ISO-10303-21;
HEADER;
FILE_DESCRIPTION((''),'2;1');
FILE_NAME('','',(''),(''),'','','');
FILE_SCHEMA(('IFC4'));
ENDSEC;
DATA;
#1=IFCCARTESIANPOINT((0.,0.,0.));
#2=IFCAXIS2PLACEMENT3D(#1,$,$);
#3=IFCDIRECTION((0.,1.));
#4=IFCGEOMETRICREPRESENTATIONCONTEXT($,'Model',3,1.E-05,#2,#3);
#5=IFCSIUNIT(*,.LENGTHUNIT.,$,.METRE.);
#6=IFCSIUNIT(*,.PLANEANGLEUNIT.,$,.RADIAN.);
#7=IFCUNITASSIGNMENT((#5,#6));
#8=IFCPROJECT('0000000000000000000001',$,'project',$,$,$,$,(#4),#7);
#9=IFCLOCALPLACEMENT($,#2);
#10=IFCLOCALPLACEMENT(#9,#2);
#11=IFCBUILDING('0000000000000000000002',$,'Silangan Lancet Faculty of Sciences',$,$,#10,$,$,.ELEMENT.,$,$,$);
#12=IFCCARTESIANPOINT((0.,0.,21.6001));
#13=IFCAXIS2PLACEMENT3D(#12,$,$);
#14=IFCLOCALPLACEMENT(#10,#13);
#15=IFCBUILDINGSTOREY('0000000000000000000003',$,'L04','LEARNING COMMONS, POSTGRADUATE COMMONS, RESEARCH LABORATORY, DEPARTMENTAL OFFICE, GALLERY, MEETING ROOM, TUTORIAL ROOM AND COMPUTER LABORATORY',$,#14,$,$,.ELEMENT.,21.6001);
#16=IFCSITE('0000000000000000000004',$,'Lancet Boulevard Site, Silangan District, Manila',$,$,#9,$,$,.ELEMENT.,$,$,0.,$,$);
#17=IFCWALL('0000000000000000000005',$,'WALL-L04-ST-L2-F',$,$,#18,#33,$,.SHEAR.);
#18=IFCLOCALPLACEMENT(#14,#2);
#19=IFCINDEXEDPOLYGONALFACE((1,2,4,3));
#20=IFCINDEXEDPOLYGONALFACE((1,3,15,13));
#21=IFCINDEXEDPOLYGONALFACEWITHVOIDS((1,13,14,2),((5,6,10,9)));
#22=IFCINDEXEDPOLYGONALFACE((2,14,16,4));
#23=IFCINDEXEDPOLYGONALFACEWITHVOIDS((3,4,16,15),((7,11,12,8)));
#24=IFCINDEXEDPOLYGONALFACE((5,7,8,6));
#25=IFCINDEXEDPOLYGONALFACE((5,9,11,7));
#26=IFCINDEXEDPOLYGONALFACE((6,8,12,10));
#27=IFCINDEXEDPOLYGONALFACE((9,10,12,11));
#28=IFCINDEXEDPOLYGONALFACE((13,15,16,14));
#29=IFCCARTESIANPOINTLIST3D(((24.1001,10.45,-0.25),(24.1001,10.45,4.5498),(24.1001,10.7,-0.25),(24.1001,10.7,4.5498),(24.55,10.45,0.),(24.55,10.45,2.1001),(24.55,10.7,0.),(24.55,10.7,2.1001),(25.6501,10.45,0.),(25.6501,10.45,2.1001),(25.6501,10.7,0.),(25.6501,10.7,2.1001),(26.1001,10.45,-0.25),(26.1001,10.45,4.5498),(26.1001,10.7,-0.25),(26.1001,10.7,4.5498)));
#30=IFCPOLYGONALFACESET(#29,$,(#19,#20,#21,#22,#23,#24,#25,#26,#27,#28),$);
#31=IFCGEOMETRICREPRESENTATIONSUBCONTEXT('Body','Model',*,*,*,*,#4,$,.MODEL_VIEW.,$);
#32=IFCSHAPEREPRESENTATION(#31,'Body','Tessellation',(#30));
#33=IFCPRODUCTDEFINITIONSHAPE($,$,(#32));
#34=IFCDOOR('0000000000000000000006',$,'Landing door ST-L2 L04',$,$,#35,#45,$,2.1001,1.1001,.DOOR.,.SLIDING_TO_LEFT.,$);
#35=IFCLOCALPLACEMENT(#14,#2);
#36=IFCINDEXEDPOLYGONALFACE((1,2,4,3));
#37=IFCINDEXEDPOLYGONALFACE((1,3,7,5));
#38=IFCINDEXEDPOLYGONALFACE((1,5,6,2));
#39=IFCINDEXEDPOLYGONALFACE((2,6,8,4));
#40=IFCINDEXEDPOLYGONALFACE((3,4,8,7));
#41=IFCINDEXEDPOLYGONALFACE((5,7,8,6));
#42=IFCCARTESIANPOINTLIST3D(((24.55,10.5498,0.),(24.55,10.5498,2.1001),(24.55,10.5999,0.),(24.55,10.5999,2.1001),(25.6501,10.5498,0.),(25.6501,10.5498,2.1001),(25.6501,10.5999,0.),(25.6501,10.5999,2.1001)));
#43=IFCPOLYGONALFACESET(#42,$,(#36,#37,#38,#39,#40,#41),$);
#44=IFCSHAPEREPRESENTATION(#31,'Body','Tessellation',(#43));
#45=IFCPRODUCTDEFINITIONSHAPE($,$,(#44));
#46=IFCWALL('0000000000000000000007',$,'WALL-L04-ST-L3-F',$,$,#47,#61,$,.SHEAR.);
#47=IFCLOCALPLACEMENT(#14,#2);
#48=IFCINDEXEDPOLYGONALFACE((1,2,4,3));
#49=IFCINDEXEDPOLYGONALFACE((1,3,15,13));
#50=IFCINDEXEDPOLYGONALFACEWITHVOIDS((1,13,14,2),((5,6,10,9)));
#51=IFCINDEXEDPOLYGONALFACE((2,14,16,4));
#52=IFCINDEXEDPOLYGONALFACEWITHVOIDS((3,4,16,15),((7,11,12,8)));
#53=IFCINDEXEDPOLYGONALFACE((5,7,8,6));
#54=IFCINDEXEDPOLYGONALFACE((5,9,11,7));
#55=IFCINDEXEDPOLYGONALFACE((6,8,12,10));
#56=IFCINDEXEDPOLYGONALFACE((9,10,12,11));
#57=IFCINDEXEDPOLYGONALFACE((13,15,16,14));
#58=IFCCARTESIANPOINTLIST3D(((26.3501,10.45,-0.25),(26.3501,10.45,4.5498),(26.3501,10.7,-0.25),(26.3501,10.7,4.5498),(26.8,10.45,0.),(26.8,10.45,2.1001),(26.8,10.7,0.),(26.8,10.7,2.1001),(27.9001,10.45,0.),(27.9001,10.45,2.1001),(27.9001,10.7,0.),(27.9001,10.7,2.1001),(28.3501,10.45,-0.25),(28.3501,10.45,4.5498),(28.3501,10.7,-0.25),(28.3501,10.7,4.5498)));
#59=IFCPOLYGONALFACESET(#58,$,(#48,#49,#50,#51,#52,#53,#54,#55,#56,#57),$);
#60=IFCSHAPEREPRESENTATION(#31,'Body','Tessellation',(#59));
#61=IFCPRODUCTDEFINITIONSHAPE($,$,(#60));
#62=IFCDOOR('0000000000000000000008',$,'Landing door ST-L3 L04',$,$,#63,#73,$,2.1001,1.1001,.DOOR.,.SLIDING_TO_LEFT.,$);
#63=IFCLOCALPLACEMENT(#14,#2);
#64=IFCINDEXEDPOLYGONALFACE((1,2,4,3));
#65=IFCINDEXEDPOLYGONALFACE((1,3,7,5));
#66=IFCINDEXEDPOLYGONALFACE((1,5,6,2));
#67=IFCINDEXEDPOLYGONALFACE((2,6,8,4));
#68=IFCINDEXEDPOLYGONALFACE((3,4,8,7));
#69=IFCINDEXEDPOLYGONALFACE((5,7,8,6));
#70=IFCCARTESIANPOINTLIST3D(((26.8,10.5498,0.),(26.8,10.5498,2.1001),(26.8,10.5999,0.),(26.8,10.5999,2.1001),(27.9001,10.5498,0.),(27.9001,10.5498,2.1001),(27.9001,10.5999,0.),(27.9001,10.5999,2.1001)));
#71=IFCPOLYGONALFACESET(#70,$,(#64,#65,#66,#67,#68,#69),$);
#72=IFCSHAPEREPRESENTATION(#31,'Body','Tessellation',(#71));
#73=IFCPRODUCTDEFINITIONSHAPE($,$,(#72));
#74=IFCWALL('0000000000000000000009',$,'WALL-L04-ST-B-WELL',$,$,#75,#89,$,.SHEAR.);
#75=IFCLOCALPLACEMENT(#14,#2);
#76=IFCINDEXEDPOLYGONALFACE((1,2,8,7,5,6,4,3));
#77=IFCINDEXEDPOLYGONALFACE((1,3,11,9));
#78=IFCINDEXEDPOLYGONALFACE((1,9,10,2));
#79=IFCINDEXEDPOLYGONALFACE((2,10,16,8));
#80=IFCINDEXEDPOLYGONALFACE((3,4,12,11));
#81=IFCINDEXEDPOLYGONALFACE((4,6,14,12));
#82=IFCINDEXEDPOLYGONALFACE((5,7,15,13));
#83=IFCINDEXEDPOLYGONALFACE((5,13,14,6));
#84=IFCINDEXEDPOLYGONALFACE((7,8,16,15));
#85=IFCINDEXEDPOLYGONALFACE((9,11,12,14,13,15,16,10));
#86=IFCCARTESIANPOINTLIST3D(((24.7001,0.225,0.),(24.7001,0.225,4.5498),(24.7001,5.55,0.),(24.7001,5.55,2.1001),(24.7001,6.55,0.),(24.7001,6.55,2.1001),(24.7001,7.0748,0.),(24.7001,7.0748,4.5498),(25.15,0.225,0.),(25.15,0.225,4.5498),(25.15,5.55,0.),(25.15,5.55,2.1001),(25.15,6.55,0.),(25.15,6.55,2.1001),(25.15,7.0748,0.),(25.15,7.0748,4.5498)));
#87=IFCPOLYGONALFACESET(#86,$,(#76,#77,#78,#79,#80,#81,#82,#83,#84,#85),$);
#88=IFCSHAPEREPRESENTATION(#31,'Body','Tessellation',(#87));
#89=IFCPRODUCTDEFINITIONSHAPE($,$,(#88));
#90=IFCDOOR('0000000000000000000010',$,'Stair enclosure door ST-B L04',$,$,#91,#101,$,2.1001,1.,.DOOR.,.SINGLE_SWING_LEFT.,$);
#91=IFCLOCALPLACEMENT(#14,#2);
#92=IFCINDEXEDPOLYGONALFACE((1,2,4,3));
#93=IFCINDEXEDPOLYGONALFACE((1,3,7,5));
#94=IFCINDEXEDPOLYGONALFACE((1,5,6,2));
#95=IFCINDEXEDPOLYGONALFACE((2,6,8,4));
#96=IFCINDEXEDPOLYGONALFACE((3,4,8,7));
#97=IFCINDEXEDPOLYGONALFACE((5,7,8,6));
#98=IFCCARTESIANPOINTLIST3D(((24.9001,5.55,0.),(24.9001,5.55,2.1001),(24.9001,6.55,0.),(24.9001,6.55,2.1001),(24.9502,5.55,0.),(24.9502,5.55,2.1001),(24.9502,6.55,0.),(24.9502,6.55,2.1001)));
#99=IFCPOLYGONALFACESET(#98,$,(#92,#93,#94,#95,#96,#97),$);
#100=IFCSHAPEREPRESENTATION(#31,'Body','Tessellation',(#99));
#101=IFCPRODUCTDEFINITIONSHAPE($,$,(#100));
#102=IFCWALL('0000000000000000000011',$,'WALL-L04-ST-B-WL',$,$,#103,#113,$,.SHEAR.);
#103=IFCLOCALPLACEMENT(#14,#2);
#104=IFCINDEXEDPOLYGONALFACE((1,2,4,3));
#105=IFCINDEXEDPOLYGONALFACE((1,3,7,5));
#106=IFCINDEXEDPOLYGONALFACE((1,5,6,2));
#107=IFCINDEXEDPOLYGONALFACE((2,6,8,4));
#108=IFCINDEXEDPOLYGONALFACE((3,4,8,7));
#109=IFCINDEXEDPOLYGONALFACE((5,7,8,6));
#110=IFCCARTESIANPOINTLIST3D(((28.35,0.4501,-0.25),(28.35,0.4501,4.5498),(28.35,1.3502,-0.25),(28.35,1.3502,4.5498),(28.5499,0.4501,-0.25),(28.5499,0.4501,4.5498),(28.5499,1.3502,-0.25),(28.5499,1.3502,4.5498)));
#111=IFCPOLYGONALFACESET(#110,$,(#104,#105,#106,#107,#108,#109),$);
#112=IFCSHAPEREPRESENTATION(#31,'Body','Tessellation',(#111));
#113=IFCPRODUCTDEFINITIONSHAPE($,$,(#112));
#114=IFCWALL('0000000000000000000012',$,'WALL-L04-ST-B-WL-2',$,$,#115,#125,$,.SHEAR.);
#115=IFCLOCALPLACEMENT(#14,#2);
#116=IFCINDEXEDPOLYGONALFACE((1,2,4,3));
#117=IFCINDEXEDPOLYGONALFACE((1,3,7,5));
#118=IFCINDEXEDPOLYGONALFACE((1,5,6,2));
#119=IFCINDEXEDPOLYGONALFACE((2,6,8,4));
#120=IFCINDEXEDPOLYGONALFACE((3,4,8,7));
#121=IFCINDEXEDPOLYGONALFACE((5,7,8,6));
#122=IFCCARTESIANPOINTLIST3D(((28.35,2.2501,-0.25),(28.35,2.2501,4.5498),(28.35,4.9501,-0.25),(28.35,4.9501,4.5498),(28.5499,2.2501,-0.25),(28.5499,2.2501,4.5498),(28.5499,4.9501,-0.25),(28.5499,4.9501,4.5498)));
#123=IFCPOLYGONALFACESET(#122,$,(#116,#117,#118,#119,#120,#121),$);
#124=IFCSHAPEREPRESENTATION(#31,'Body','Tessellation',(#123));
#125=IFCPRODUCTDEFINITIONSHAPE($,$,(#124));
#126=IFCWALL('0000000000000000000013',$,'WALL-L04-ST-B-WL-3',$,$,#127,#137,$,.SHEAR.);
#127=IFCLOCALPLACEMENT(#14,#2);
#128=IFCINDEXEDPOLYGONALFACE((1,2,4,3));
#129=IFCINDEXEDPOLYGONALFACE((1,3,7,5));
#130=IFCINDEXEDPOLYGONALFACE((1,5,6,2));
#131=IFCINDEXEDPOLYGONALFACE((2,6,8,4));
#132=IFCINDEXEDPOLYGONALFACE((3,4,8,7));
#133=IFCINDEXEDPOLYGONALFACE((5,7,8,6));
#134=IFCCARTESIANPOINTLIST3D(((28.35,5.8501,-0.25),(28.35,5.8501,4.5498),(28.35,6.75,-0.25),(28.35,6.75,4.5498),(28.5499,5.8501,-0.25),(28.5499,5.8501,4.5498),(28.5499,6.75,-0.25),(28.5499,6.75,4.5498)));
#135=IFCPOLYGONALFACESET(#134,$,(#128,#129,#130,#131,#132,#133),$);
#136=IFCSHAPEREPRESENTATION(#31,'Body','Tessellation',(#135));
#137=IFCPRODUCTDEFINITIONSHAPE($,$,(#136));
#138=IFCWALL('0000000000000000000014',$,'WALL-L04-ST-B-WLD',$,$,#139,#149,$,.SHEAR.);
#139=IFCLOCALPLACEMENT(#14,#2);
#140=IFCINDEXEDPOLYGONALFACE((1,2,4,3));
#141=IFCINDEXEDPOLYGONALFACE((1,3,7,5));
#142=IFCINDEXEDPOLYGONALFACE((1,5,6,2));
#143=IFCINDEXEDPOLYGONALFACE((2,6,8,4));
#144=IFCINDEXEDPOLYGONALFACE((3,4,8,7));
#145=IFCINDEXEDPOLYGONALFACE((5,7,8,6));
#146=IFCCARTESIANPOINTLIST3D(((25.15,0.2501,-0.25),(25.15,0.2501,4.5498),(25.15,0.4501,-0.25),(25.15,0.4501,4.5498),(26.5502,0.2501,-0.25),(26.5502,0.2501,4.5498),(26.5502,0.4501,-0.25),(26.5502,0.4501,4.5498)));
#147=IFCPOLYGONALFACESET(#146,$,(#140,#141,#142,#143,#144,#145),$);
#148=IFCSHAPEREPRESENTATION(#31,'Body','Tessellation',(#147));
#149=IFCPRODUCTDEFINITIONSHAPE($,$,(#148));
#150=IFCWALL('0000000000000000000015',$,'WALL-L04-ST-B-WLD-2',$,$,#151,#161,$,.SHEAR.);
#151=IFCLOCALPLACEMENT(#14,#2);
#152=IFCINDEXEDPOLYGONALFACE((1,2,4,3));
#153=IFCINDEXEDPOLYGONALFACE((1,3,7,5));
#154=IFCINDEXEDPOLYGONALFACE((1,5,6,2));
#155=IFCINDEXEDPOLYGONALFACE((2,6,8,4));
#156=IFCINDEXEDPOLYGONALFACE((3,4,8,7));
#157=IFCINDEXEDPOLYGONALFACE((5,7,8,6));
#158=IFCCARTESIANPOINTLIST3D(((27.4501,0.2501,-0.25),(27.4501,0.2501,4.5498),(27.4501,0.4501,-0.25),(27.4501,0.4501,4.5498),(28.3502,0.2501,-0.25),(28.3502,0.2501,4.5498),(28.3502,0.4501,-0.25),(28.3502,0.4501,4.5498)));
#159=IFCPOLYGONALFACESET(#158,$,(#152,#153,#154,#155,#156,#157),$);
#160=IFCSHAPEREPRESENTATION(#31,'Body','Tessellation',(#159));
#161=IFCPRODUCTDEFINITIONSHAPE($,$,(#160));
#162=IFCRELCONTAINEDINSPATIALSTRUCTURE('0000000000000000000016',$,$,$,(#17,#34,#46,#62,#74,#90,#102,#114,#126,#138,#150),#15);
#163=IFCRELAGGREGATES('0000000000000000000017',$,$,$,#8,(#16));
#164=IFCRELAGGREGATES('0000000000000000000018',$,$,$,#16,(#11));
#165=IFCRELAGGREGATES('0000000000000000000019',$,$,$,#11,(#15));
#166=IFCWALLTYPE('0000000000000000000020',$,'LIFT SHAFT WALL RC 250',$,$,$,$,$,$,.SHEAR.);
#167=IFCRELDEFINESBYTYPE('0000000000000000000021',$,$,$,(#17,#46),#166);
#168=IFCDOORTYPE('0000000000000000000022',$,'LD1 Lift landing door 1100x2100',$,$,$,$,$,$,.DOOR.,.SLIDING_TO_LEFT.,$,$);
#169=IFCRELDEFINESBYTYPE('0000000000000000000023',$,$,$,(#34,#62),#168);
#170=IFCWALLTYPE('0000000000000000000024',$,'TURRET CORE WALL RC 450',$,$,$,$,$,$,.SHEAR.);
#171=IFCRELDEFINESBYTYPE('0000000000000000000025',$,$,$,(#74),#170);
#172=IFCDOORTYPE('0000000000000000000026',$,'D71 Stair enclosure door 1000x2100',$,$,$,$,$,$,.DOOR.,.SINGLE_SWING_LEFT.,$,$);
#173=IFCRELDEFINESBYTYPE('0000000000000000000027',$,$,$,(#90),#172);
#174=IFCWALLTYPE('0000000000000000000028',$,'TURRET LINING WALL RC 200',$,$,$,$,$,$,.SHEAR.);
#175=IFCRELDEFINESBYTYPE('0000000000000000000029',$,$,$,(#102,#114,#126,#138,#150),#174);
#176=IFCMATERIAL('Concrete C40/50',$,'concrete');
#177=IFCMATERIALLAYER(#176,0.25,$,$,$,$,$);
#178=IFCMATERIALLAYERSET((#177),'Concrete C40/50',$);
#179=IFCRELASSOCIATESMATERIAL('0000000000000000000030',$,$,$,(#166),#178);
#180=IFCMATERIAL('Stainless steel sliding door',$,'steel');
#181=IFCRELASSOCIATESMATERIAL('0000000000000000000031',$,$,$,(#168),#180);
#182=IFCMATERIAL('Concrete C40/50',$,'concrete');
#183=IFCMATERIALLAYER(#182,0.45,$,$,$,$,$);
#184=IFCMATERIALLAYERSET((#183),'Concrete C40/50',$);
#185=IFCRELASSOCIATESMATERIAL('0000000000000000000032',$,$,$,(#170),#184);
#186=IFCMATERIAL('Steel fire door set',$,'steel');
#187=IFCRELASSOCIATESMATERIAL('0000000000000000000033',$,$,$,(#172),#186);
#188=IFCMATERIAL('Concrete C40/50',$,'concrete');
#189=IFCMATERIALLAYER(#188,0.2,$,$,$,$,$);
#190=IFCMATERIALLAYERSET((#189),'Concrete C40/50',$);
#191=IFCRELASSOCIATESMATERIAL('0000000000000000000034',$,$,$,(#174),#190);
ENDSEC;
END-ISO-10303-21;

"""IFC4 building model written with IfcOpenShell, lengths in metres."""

from ifc_helpers import new_model, si_unit, direction, frame, frame_2d, origin, place, context, subcontext, project, spatial, rectangle, extrude, material, layer, layer_set, type_object, element, fill, save


model = new_model("IFC4")

# Units and contexts
model_context = context("Model", 3, precision=1e-05, world=origin(), true_north=direction((0.0, 1.0)))
body_context = subcontext(model_context, "Body", "Model", "MODEL_VIEW")
ifc_project = project(units=[si_unit("LENGTHUNIT", "METRE"), si_unit("PLANEANGLEUNIT", "RADIAN")], contexts=[model_context])

# Site, building, storey
site_placement = place(None, origin())
site = spatial("IfcSite", under=ifc_project, at=site_placement, Name="Lancet Boulevard Site, Silangan District, Manila", CompositionType="ELEMENT", RefElevation=0.0)
building_placement = place(site_placement, origin())
building = spatial("IfcBuilding", under=site, at=building_placement, Name="Silangan Lancet Faculty of Sciences", CompositionType="ELEMENT")
storey_placement = place(building_placement, frame((0.0, 0.0, 21.6001)))
storey = spatial("IfcBuildingStorey", under=building, at=storey_placement, Name="L04", Description="LEARNING COMMONS, POSTGRADUATE COMMONS, RESEARCH LABORATORY, DEPARTMENTAL OFFICE, GALLERY, MEETING ROOM, TUTORIAL ROOM AND COMPUTER LABORATORY", CompositionType="ELEMENT", Elevation=21.6001)

# Shared definitions
ifc_material_1 = material(Name="Concrete C40/50", Category="concrete")
ifc_layer_1 = layer(ifc_material_1, 0.25)
ifc_layer_set_1 = layer_set([ifc_layer_1], Name="Concrete C40/50")
wall_type_1 = type_object("IfcWallType", Name="LIFT SHAFT WALL RC 250", PredefinedType="SHEAR", material=ifc_layer_set_1)

# Walls, openings, doors
ifc_material_2 = material(Name="Stainless steel sliding door", Category="steel")
door_type_1 = type_object("IfcDoorType", Name="LD1 Lift landing door 1100x2100", OperationType="SLIDING_TO_LEFT", PredefinedType="DOOR", material=ifc_material_2)
wall_1_placement = place(storey_placement, frame((24.1001, 10.575, -0.25), z_axis=(0.0, 0.0, 1.0), x_axis=(1.0, 0.0, 0.0)))
wall_1 = element("IfcWall", 1, at=wall_1_placement, inside=storey, type_object=wall_type_1, Name="WALL-L04-ST-L2-F", PredefinedType="SHEAR", context=body_context, shape_type="SweptSolid", body=[
    extrude(rectangle(XDim=2.0, YDim=0.25, at=frame_2d((1.0, 0.0))), origin(), (0.0, 0.0, 1.0), 4.7998),
])
opening_1_placement = place(wall_1_placement, frame((0.45, 0.0, 0.25)))
opening_1 = element("IfcOpeningElement", 2, at=opening_1_placement, cuts=wall_1, PredefinedType="OPENING", context=body_context, shape_type="SweptSolid", body=[
    extrude(rectangle(XDim=1.1001, YDim=2.1001, at=frame_2d((0.55, 1.05))), frame((0.0, 0.135, 0.0), z_axis=(0.0, -1.0, 0.0), x_axis=(1.0, 0.0, 0.0)), (0.0, 0.0, 1.0), 0.27),
])
door_1_placement = place(opening_1_placement, origin())
door_1 = element("IfcDoor", 3, at=door_1_placement, inside=storey, type_object=door_type_1, Name="Landing door ST-L2 L04", OperationType="SLIDING_TO_LEFT", OverallHeight=2.1001, OverallWidth=1.1001, PredefinedType="DOOR", context=body_context, shape_type="SweptSolid", body=[
    extrude(rectangle(XDim=1.1001, YDim=2.1001, at=frame_2d((0.55, 1.05))), frame((0.0, 0.0249, 0.0), z_axis=(0.0, -1.0, 0.0), x_axis=(1.0, 0.0, 0.0)), (0.0, 0.0, 1.0), 0.05),
])
fill(opening_1, door_1)
wall_2_placement = place(storey_placement, frame((26.3501, 10.575, -0.25), z_axis=(0.0, 0.0, 1.0), x_axis=(1.0, 0.0, 0.0)))
wall_2 = element("IfcWall", 4, at=wall_2_placement, inside=storey, type_object=wall_type_1, Name="WALL-L04-ST-L3-F", PredefinedType="SHEAR", context=body_context, shape_type="SweptSolid", body=[
    extrude(rectangle(XDim=2.0, YDim=0.25, at=frame_2d((1.0, 0.0))), origin(), (0.0, 0.0, 1.0), 4.7998),
])
opening_2_placement = place(wall_2_placement, frame((0.45, 0.0, 0.25)))
opening_2 = element("IfcOpeningElement", 5, at=opening_2_placement, cuts=wall_2, PredefinedType="OPENING", context=body_context, shape_type="SweptSolid", body=[
    extrude(rectangle(XDim=1.1001, YDim=2.1001, at=frame_2d((0.55, 1.05))), frame((0.0, 0.135, 0.0), z_axis=(0.0, -1.0, 0.0), x_axis=(1.0, 0.0, 0.0)), (0.0, 0.0, 1.0), 0.27),
])
door_2_placement = place(opening_2_placement, origin())
door_2 = element("IfcDoor", 6, at=door_2_placement, inside=storey, type_object=door_type_1, Name="Landing door ST-L3 L04", OperationType="SLIDING_TO_LEFT", OverallHeight=2.1001, OverallWidth=1.1001, PredefinedType="DOOR", context=body_context, shape_type="SweptSolid", body=[
    extrude(rectangle(XDim=1.1001, YDim=2.1001, at=frame_2d((0.55, 1.05))), frame((0.0, 0.0249, 0.0), z_axis=(0.0, -1.0, 0.0), x_axis=(1.0, 0.0, 0.0)), (0.0, 0.0, 1.0), 0.05),
])
fill(opening_2, door_2)
ifc_material_3 = material(Name="Concrete C40/50", Category="concrete")
ifc_layer_2 = layer(ifc_material_3, 0.45)
ifc_layer_set_2 = layer_set([ifc_layer_2], Name="Concrete C40/50")
wall_type_2 = type_object("IfcWallType", Name="TURRET CORE WALL RC 450", PredefinedType="SHEAR", material=ifc_layer_set_2)
wall_3_placement = place(storey_placement, frame((24.925, 0.2251, 0.0), z_axis=(0.0, 0.0, 1.0), x_axis=(0.0, 1.0, 0.0)))
wall_3 = element("IfcWall", 7, at=wall_3_placement, inside=storey, type_object=wall_type_2, Name="WALL-L04-ST-B-WELL", PredefinedType="SHEAR", context=body_context, shape_type="SweptSolid", body=[
    extrude(rectangle(XDim=6.8499, YDim=0.45, at=frame_2d((3.4248, 0.0))), origin(), (0.0, 0.0, 1.0), 4.5498),
])
opening_3_placement = place(wall_3_placement, frame((5.325, 0.0, 0.0)))
opening_3 = element("IfcOpeningElement", 8, at=opening_3_placement, cuts=wall_3, PredefinedType="OPENING", context=body_context, shape_type="SweptSolid", body=[
    extrude(rectangle(XDim=1.0, YDim=2.1001, at=frame_2d((0.5, 1.05))), frame((0.0, 0.2349, 0.0), z_axis=(0.0, -1.0, 0.0), x_axis=(1.0, 0.0, 0.0)), (0.0, 0.0, 1.0), 0.47),
])
ifc_material_4 = material(Name="Steel fire door set", Category="steel")
door_type_2 = type_object("IfcDoorType", Name="D71 Stair enclosure door 1000x2100", OperationType="SINGLE_SWING_LEFT", PredefinedType="DOOR", material=ifc_material_4)
door_3_placement = place(opening_3_placement, frame((1.0, 0.0, 0.0), z_axis=(0.0, 0.0, 1.0), x_axis=(-1.0, 0.0, 0.0)))
door_3 = element("IfcDoor", 9, at=door_3_placement, inside=storey, type_object=door_type_2, Name="Stair enclosure door ST-B L04", OperationType="SINGLE_SWING_LEFT", OverallHeight=2.1001, OverallWidth=1.0, PredefinedType="DOOR", context=body_context, shape_type="SweptSolid", body=[
    extrude(rectangle(XDim=1.0, YDim=2.1001, at=frame_2d((0.5, 1.05))), frame((0.0, 0.0251, 0.0), z_axis=(0.0, -1.0, 0.0), x_axis=(1.0, 0.0, 0.0)), (0.0, 0.0, 1.0), 0.05),
])
fill(opening_3, door_3)

# Walls
ifc_material_5 = material(Name="Concrete C40/50", Category="concrete")
ifc_layer_3 = layer(ifc_material_5, 0.2)
ifc_layer_set_3 = layer_set([ifc_layer_3], Name="Concrete C40/50")
wall_type_3 = type_object("IfcWallType", Name="TURRET LINING WALL RC 200", PredefinedType="SHEAR", material=ifc_layer_set_3)
wall_4_placement = place(storey_placement, frame((28.45, 0.45, -0.25), z_axis=(0.0, 0.0, 1.0), x_axis=(0.0, 1.0, 0.0)))
element("IfcWall", 10, at=wall_4_placement, inside=storey, type_object=wall_type_3, Name="WALL-L04-ST-B-WL", PredefinedType="SHEAR", context=body_context, shape_type="SweptSolid", body=[
    extrude(rectangle(XDim=0.9001, YDim=0.2, at=frame_2d((0.4502, 0.0))), origin(), (0.0, 0.0, 1.0), 4.7998),
])
wall_5_placement = place(storey_placement, frame((28.45, 2.25, -0.25), z_axis=(0.0, 0.0, 1.0), x_axis=(0.0, 1.0, 0.0)))
element("IfcWall", 11, at=wall_5_placement, inside=storey, type_object=wall_type_3, Name="WALL-L04-ST-B-WL-2", PredefinedType="SHEAR", context=body_context, shape_type="SweptSolid", body=[
    extrude(rectangle(XDim=2.7, YDim=0.2, at=frame_2d((1.3501, 0.0))), origin(), (0.0, 0.0, 1.0), 4.7998),
])
wall_6_placement = place(storey_placement, frame((28.45, 5.8501, -0.25), z_axis=(0.0, 0.0, 1.0), x_axis=(0.0, 1.0, 0.0)))
element("IfcWall", 12, at=wall_6_placement, inside=storey, type_object=wall_type_3, Name="WALL-L04-ST-B-WL-3", PredefinedType="SHEAR", context=body_context, shape_type="SweptSolid", body=[
    extrude(rectangle(XDim=0.8999, YDim=0.2, at=frame_2d((0.45, 0.0))), origin(), (0.0, 0.0, 1.0), 4.7998),
])
wall_7_placement = place(storey_placement, frame((25.1499, 0.3501, -0.25), z_axis=(0.0, 0.0, 1.0), x_axis=(1.0, 0.0, 0.0)))
element("IfcWall", 13, at=wall_7_placement, inside=storey, type_object=wall_type_3, Name="WALL-L04-ST-B-WLD", PredefinedType="SHEAR", context=body_context, shape_type="SweptSolid", body=[
    extrude(rectangle(XDim=1.4001, YDim=0.2, at=frame_2d((0.7002, 0.0))), origin(), (0.0, 0.0, 1.0), 4.7998),
])
wall_8_placement = place(storey_placement, frame((27.45, 0.3501, -0.25), z_axis=(0.0, 0.0, 1.0), x_axis=(1.0, 0.0, 0.0)))
element("IfcWall", 14, at=wall_8_placement, inside=storey, type_object=wall_type_3, Name="WALL-L04-ST-B-WLD-2", PredefinedType="SHEAR", context=body_context, shape_type="SweptSolid", body=[
    extrude(rectangle(XDim=0.9001, YDim=0.2, at=frame_2d((0.4502, 0.0))), origin(), (0.0, 0.0, 1.0), 4.7998),
])

save(model, "model.ifc")
